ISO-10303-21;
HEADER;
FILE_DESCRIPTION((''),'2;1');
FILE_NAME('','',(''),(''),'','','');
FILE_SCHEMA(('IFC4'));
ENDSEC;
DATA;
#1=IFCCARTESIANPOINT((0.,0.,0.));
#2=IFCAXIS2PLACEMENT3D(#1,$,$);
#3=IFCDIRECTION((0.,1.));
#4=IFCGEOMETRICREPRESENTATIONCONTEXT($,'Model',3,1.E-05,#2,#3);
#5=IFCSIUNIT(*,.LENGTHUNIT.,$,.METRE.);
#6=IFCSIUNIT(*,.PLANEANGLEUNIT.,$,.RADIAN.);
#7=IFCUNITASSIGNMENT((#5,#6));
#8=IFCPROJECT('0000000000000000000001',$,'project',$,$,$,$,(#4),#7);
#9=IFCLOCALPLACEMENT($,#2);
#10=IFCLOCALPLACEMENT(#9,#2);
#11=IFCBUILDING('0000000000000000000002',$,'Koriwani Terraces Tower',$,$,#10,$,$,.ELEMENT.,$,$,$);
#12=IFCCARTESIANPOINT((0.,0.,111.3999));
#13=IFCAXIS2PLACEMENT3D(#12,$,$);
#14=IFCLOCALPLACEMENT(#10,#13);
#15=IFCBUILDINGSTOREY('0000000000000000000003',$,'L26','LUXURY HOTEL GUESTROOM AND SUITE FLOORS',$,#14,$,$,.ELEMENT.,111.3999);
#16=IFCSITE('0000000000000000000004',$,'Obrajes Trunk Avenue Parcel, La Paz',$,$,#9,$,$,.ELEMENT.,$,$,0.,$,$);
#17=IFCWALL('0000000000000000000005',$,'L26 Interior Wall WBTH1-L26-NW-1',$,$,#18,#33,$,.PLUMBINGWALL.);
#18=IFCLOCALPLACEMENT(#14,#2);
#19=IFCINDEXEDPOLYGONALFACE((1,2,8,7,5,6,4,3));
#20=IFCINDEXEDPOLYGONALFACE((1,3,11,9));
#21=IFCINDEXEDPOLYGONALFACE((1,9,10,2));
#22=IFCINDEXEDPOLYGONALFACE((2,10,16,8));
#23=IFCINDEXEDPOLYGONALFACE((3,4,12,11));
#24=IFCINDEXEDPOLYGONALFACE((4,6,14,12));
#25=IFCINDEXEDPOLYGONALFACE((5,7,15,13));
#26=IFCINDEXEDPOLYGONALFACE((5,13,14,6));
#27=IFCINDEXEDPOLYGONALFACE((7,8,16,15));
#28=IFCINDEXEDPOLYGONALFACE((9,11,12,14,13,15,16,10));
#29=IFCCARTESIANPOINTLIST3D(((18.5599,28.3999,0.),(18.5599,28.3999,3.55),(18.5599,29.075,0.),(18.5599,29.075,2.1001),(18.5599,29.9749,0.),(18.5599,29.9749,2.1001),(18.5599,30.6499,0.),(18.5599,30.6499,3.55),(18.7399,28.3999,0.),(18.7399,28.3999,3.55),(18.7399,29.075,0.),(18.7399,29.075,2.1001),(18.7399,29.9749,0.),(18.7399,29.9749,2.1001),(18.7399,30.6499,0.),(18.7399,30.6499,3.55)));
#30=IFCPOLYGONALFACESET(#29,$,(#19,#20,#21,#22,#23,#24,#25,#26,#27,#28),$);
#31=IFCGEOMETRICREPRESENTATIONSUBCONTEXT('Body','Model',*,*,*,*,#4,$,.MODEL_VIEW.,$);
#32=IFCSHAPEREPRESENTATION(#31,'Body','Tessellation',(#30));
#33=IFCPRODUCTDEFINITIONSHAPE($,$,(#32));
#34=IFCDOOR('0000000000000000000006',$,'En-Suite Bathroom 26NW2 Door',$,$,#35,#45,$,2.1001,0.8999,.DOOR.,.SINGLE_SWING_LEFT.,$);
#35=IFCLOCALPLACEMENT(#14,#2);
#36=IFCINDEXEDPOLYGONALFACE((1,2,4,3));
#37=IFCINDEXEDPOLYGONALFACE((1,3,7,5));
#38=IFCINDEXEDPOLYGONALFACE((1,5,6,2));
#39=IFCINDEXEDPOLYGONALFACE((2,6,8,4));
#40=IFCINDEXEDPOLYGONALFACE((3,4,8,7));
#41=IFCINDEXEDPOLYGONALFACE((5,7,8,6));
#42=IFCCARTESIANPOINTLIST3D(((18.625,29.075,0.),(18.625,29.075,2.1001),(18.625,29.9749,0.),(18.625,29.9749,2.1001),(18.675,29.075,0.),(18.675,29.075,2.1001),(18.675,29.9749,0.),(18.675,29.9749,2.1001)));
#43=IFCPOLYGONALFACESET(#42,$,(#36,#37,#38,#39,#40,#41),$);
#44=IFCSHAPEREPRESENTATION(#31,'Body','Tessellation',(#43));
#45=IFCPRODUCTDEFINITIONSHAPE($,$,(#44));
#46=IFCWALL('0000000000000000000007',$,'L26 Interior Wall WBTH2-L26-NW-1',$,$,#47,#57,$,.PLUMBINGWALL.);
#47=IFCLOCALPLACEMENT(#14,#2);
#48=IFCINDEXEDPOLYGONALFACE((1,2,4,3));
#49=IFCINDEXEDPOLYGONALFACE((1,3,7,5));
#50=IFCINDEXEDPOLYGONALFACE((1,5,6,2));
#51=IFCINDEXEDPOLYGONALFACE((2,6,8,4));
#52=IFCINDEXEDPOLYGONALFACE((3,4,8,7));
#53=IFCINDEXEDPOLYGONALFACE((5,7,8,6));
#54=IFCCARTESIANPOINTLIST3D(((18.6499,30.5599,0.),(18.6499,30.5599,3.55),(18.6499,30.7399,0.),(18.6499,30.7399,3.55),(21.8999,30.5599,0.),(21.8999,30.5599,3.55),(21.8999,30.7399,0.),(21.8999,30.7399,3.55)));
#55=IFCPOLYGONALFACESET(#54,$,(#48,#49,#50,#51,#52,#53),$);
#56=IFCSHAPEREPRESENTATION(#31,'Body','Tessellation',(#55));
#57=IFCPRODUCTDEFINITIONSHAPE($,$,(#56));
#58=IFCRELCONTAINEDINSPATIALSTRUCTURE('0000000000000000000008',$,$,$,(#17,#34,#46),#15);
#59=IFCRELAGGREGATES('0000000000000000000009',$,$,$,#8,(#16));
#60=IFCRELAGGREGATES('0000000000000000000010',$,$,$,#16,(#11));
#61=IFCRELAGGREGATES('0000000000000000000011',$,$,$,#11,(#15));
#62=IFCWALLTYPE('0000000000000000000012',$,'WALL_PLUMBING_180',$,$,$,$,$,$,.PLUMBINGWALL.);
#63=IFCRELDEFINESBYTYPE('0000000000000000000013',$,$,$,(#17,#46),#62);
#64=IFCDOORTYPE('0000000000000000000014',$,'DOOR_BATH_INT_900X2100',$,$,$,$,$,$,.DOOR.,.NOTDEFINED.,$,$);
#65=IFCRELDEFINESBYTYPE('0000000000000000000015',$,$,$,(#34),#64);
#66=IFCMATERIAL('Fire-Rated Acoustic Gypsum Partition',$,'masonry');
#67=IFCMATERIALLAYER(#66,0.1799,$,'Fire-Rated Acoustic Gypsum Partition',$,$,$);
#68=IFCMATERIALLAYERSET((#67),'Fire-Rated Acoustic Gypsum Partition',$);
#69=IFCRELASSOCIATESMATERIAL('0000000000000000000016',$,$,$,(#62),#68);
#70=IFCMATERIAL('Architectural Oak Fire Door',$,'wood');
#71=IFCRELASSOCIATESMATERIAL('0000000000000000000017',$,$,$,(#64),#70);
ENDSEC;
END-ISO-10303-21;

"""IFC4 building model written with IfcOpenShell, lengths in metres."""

from ifc_helpers import new_model, si_unit, direction, frame, frame_2d, origin, place, context, subcontext, project, spatial, rectangle, extrude, material, layer, layer_set, type_object, element, fill, save


model = new_model("IFC4")

# Units and contexts
model_context = context("Model", 3, precision=1e-05, world=origin(), true_north=direction((0.0, 1.0)))
body_context = subcontext(model_context, "Body", "Model", "MODEL_VIEW")
ifc_project = project(units=[si_unit("LENGTHUNIT", "METRE"), si_unit("PLANEANGLEUNIT", "RADIAN")], contexts=[model_context])

# Site, building, storey
site_placement = place(None, origin())
site = spatial("IfcSite", under=ifc_project, at=site_placement, Name="Obrajes Trunk Avenue Parcel, La Paz", CompositionType="ELEMENT", RefElevation=0.0)
building_placement = place(site_placement, origin())
building = spatial("IfcBuilding", under=site, at=building_placement, Name="Koriwani Terraces Tower", CompositionType="ELEMENT")
storey_placement = place(building_placement, frame((0.0, 0.0, 111.3999)))
storey = spatial("IfcBuildingStorey", under=building, at=storey_placement, Name="L26", Description="LUXURY HOTEL GUESTROOM AND SUITE FLOORS", CompositionType="ELEMENT", Elevation=111.3999)

# Shared definitions
ifc_material_1 = material(Name="Architectural Oak Fire Door", Category="wood")

# Wall, opening, door
ifc_material_2 = material(Name="Fire-Rated Acoustic Gypsum Partition", Category="masonry")
ifc_layer_1 = layer(ifc_material_2, 0.1799, Name="Fire-Rated Acoustic Gypsum Partition")
ifc_layer_set_1 = layer_set([ifc_layer_1], Name="Fire-Rated Acoustic Gypsum Partition")
wall_type_1 = type_object("IfcWallType", Name="WALL_PLUMBING_180", PredefinedType="PLUMBINGWALL", material=ifc_layer_set_1)
wall_1_placement = place(storey_placement, frame((18.6499, 28.3999, 0.0), z_axis=(0.0, 0.0, 1.0), x_axis=(0.0, 1.0, 0.0)))
wall_1 = element("IfcWall", 1, at=wall_1_placement, inside=storey, type_object=wall_type_1, Name="L26 Interior Wall WBTH1-L26-NW-1", PredefinedType="PLUMBINGWALL", context=body_context, shape_type="SweptSolid", body=[
    extrude(rectangle(XDim=2.25, YDim=0.1799, at=frame_2d((1.125, 0.0))), origin(), (0.0, 0.0, 1.0), 3.55),
])
opening_1_placement = place(wall_1_placement, frame((0.675, 0.0, 0.0)))
opening_1 = element("IfcOpeningElement", 2, at=opening_1_placement, cuts=wall_1, PredefinedType="OPENING", context=body_context, shape_type="SweptSolid", body=[
    extrude(rectangle(XDim=0.8999, YDim=2.1001, at=frame_2d((0.45, 1.05))), frame((0.0, 0.1001, 0.0), z_axis=(0.0, -1.0, 0.0), x_axis=(1.0, 0.0, 0.0)), (0.0, 0.0, 1.0), 0.2),
])
door_type_1 = type_object("IfcDoorType", Name="DOOR_BATH_INT_900X2100", OperationType="NOTDEFINED", PredefinedType="DOOR", material=ifc_material_1)
door_1_placement = place(opening_1_placement, origin())
door_1 = element("IfcDoor", 3, at=door_1_placement, inside=storey, type_object=door_type_1, Name="En-Suite Bathroom 26NW2 Door", OperationType="SINGLE_SWING_LEFT", OverallHeight=2.1001, OverallWidth=0.8999, PredefinedType="DOOR", context=body_context, shape_type="SweptSolid", body=[
    extrude(rectangle(XDim=0.8999, YDim=2.1001, at=frame_2d((0.45, 1.05))), frame((0.0, 0.0249, 0.0), z_axis=(0.0, -1.0, 0.0), x_axis=(1.0, 0.0, 0.0)), (0.0, 0.0, 1.0), 0.05),
])
fill(opening_1, door_1)

# Wall
wall_2_placement = place(storey_placement, frame((18.6499, 30.6499, 0.0), z_axis=(0.0, 0.0, 1.0), x_axis=(1.0, 0.0, 0.0)))
element("IfcWall", 4, at=wall_2_placement, inside=storey, type_object=wall_type_1, Name="L26 Interior Wall WBTH2-L26-NW-1", PredefinedType="PLUMBINGWALL", context=body_context, shape_type="SweptSolid", body=[
    extrude(rectangle(XDim=3.25, YDim=0.1799, at=frame_2d((1.625, 0.0))), origin(), (0.0, 0.0, 1.0), 3.55),
])

save(model, "model.ifc")
